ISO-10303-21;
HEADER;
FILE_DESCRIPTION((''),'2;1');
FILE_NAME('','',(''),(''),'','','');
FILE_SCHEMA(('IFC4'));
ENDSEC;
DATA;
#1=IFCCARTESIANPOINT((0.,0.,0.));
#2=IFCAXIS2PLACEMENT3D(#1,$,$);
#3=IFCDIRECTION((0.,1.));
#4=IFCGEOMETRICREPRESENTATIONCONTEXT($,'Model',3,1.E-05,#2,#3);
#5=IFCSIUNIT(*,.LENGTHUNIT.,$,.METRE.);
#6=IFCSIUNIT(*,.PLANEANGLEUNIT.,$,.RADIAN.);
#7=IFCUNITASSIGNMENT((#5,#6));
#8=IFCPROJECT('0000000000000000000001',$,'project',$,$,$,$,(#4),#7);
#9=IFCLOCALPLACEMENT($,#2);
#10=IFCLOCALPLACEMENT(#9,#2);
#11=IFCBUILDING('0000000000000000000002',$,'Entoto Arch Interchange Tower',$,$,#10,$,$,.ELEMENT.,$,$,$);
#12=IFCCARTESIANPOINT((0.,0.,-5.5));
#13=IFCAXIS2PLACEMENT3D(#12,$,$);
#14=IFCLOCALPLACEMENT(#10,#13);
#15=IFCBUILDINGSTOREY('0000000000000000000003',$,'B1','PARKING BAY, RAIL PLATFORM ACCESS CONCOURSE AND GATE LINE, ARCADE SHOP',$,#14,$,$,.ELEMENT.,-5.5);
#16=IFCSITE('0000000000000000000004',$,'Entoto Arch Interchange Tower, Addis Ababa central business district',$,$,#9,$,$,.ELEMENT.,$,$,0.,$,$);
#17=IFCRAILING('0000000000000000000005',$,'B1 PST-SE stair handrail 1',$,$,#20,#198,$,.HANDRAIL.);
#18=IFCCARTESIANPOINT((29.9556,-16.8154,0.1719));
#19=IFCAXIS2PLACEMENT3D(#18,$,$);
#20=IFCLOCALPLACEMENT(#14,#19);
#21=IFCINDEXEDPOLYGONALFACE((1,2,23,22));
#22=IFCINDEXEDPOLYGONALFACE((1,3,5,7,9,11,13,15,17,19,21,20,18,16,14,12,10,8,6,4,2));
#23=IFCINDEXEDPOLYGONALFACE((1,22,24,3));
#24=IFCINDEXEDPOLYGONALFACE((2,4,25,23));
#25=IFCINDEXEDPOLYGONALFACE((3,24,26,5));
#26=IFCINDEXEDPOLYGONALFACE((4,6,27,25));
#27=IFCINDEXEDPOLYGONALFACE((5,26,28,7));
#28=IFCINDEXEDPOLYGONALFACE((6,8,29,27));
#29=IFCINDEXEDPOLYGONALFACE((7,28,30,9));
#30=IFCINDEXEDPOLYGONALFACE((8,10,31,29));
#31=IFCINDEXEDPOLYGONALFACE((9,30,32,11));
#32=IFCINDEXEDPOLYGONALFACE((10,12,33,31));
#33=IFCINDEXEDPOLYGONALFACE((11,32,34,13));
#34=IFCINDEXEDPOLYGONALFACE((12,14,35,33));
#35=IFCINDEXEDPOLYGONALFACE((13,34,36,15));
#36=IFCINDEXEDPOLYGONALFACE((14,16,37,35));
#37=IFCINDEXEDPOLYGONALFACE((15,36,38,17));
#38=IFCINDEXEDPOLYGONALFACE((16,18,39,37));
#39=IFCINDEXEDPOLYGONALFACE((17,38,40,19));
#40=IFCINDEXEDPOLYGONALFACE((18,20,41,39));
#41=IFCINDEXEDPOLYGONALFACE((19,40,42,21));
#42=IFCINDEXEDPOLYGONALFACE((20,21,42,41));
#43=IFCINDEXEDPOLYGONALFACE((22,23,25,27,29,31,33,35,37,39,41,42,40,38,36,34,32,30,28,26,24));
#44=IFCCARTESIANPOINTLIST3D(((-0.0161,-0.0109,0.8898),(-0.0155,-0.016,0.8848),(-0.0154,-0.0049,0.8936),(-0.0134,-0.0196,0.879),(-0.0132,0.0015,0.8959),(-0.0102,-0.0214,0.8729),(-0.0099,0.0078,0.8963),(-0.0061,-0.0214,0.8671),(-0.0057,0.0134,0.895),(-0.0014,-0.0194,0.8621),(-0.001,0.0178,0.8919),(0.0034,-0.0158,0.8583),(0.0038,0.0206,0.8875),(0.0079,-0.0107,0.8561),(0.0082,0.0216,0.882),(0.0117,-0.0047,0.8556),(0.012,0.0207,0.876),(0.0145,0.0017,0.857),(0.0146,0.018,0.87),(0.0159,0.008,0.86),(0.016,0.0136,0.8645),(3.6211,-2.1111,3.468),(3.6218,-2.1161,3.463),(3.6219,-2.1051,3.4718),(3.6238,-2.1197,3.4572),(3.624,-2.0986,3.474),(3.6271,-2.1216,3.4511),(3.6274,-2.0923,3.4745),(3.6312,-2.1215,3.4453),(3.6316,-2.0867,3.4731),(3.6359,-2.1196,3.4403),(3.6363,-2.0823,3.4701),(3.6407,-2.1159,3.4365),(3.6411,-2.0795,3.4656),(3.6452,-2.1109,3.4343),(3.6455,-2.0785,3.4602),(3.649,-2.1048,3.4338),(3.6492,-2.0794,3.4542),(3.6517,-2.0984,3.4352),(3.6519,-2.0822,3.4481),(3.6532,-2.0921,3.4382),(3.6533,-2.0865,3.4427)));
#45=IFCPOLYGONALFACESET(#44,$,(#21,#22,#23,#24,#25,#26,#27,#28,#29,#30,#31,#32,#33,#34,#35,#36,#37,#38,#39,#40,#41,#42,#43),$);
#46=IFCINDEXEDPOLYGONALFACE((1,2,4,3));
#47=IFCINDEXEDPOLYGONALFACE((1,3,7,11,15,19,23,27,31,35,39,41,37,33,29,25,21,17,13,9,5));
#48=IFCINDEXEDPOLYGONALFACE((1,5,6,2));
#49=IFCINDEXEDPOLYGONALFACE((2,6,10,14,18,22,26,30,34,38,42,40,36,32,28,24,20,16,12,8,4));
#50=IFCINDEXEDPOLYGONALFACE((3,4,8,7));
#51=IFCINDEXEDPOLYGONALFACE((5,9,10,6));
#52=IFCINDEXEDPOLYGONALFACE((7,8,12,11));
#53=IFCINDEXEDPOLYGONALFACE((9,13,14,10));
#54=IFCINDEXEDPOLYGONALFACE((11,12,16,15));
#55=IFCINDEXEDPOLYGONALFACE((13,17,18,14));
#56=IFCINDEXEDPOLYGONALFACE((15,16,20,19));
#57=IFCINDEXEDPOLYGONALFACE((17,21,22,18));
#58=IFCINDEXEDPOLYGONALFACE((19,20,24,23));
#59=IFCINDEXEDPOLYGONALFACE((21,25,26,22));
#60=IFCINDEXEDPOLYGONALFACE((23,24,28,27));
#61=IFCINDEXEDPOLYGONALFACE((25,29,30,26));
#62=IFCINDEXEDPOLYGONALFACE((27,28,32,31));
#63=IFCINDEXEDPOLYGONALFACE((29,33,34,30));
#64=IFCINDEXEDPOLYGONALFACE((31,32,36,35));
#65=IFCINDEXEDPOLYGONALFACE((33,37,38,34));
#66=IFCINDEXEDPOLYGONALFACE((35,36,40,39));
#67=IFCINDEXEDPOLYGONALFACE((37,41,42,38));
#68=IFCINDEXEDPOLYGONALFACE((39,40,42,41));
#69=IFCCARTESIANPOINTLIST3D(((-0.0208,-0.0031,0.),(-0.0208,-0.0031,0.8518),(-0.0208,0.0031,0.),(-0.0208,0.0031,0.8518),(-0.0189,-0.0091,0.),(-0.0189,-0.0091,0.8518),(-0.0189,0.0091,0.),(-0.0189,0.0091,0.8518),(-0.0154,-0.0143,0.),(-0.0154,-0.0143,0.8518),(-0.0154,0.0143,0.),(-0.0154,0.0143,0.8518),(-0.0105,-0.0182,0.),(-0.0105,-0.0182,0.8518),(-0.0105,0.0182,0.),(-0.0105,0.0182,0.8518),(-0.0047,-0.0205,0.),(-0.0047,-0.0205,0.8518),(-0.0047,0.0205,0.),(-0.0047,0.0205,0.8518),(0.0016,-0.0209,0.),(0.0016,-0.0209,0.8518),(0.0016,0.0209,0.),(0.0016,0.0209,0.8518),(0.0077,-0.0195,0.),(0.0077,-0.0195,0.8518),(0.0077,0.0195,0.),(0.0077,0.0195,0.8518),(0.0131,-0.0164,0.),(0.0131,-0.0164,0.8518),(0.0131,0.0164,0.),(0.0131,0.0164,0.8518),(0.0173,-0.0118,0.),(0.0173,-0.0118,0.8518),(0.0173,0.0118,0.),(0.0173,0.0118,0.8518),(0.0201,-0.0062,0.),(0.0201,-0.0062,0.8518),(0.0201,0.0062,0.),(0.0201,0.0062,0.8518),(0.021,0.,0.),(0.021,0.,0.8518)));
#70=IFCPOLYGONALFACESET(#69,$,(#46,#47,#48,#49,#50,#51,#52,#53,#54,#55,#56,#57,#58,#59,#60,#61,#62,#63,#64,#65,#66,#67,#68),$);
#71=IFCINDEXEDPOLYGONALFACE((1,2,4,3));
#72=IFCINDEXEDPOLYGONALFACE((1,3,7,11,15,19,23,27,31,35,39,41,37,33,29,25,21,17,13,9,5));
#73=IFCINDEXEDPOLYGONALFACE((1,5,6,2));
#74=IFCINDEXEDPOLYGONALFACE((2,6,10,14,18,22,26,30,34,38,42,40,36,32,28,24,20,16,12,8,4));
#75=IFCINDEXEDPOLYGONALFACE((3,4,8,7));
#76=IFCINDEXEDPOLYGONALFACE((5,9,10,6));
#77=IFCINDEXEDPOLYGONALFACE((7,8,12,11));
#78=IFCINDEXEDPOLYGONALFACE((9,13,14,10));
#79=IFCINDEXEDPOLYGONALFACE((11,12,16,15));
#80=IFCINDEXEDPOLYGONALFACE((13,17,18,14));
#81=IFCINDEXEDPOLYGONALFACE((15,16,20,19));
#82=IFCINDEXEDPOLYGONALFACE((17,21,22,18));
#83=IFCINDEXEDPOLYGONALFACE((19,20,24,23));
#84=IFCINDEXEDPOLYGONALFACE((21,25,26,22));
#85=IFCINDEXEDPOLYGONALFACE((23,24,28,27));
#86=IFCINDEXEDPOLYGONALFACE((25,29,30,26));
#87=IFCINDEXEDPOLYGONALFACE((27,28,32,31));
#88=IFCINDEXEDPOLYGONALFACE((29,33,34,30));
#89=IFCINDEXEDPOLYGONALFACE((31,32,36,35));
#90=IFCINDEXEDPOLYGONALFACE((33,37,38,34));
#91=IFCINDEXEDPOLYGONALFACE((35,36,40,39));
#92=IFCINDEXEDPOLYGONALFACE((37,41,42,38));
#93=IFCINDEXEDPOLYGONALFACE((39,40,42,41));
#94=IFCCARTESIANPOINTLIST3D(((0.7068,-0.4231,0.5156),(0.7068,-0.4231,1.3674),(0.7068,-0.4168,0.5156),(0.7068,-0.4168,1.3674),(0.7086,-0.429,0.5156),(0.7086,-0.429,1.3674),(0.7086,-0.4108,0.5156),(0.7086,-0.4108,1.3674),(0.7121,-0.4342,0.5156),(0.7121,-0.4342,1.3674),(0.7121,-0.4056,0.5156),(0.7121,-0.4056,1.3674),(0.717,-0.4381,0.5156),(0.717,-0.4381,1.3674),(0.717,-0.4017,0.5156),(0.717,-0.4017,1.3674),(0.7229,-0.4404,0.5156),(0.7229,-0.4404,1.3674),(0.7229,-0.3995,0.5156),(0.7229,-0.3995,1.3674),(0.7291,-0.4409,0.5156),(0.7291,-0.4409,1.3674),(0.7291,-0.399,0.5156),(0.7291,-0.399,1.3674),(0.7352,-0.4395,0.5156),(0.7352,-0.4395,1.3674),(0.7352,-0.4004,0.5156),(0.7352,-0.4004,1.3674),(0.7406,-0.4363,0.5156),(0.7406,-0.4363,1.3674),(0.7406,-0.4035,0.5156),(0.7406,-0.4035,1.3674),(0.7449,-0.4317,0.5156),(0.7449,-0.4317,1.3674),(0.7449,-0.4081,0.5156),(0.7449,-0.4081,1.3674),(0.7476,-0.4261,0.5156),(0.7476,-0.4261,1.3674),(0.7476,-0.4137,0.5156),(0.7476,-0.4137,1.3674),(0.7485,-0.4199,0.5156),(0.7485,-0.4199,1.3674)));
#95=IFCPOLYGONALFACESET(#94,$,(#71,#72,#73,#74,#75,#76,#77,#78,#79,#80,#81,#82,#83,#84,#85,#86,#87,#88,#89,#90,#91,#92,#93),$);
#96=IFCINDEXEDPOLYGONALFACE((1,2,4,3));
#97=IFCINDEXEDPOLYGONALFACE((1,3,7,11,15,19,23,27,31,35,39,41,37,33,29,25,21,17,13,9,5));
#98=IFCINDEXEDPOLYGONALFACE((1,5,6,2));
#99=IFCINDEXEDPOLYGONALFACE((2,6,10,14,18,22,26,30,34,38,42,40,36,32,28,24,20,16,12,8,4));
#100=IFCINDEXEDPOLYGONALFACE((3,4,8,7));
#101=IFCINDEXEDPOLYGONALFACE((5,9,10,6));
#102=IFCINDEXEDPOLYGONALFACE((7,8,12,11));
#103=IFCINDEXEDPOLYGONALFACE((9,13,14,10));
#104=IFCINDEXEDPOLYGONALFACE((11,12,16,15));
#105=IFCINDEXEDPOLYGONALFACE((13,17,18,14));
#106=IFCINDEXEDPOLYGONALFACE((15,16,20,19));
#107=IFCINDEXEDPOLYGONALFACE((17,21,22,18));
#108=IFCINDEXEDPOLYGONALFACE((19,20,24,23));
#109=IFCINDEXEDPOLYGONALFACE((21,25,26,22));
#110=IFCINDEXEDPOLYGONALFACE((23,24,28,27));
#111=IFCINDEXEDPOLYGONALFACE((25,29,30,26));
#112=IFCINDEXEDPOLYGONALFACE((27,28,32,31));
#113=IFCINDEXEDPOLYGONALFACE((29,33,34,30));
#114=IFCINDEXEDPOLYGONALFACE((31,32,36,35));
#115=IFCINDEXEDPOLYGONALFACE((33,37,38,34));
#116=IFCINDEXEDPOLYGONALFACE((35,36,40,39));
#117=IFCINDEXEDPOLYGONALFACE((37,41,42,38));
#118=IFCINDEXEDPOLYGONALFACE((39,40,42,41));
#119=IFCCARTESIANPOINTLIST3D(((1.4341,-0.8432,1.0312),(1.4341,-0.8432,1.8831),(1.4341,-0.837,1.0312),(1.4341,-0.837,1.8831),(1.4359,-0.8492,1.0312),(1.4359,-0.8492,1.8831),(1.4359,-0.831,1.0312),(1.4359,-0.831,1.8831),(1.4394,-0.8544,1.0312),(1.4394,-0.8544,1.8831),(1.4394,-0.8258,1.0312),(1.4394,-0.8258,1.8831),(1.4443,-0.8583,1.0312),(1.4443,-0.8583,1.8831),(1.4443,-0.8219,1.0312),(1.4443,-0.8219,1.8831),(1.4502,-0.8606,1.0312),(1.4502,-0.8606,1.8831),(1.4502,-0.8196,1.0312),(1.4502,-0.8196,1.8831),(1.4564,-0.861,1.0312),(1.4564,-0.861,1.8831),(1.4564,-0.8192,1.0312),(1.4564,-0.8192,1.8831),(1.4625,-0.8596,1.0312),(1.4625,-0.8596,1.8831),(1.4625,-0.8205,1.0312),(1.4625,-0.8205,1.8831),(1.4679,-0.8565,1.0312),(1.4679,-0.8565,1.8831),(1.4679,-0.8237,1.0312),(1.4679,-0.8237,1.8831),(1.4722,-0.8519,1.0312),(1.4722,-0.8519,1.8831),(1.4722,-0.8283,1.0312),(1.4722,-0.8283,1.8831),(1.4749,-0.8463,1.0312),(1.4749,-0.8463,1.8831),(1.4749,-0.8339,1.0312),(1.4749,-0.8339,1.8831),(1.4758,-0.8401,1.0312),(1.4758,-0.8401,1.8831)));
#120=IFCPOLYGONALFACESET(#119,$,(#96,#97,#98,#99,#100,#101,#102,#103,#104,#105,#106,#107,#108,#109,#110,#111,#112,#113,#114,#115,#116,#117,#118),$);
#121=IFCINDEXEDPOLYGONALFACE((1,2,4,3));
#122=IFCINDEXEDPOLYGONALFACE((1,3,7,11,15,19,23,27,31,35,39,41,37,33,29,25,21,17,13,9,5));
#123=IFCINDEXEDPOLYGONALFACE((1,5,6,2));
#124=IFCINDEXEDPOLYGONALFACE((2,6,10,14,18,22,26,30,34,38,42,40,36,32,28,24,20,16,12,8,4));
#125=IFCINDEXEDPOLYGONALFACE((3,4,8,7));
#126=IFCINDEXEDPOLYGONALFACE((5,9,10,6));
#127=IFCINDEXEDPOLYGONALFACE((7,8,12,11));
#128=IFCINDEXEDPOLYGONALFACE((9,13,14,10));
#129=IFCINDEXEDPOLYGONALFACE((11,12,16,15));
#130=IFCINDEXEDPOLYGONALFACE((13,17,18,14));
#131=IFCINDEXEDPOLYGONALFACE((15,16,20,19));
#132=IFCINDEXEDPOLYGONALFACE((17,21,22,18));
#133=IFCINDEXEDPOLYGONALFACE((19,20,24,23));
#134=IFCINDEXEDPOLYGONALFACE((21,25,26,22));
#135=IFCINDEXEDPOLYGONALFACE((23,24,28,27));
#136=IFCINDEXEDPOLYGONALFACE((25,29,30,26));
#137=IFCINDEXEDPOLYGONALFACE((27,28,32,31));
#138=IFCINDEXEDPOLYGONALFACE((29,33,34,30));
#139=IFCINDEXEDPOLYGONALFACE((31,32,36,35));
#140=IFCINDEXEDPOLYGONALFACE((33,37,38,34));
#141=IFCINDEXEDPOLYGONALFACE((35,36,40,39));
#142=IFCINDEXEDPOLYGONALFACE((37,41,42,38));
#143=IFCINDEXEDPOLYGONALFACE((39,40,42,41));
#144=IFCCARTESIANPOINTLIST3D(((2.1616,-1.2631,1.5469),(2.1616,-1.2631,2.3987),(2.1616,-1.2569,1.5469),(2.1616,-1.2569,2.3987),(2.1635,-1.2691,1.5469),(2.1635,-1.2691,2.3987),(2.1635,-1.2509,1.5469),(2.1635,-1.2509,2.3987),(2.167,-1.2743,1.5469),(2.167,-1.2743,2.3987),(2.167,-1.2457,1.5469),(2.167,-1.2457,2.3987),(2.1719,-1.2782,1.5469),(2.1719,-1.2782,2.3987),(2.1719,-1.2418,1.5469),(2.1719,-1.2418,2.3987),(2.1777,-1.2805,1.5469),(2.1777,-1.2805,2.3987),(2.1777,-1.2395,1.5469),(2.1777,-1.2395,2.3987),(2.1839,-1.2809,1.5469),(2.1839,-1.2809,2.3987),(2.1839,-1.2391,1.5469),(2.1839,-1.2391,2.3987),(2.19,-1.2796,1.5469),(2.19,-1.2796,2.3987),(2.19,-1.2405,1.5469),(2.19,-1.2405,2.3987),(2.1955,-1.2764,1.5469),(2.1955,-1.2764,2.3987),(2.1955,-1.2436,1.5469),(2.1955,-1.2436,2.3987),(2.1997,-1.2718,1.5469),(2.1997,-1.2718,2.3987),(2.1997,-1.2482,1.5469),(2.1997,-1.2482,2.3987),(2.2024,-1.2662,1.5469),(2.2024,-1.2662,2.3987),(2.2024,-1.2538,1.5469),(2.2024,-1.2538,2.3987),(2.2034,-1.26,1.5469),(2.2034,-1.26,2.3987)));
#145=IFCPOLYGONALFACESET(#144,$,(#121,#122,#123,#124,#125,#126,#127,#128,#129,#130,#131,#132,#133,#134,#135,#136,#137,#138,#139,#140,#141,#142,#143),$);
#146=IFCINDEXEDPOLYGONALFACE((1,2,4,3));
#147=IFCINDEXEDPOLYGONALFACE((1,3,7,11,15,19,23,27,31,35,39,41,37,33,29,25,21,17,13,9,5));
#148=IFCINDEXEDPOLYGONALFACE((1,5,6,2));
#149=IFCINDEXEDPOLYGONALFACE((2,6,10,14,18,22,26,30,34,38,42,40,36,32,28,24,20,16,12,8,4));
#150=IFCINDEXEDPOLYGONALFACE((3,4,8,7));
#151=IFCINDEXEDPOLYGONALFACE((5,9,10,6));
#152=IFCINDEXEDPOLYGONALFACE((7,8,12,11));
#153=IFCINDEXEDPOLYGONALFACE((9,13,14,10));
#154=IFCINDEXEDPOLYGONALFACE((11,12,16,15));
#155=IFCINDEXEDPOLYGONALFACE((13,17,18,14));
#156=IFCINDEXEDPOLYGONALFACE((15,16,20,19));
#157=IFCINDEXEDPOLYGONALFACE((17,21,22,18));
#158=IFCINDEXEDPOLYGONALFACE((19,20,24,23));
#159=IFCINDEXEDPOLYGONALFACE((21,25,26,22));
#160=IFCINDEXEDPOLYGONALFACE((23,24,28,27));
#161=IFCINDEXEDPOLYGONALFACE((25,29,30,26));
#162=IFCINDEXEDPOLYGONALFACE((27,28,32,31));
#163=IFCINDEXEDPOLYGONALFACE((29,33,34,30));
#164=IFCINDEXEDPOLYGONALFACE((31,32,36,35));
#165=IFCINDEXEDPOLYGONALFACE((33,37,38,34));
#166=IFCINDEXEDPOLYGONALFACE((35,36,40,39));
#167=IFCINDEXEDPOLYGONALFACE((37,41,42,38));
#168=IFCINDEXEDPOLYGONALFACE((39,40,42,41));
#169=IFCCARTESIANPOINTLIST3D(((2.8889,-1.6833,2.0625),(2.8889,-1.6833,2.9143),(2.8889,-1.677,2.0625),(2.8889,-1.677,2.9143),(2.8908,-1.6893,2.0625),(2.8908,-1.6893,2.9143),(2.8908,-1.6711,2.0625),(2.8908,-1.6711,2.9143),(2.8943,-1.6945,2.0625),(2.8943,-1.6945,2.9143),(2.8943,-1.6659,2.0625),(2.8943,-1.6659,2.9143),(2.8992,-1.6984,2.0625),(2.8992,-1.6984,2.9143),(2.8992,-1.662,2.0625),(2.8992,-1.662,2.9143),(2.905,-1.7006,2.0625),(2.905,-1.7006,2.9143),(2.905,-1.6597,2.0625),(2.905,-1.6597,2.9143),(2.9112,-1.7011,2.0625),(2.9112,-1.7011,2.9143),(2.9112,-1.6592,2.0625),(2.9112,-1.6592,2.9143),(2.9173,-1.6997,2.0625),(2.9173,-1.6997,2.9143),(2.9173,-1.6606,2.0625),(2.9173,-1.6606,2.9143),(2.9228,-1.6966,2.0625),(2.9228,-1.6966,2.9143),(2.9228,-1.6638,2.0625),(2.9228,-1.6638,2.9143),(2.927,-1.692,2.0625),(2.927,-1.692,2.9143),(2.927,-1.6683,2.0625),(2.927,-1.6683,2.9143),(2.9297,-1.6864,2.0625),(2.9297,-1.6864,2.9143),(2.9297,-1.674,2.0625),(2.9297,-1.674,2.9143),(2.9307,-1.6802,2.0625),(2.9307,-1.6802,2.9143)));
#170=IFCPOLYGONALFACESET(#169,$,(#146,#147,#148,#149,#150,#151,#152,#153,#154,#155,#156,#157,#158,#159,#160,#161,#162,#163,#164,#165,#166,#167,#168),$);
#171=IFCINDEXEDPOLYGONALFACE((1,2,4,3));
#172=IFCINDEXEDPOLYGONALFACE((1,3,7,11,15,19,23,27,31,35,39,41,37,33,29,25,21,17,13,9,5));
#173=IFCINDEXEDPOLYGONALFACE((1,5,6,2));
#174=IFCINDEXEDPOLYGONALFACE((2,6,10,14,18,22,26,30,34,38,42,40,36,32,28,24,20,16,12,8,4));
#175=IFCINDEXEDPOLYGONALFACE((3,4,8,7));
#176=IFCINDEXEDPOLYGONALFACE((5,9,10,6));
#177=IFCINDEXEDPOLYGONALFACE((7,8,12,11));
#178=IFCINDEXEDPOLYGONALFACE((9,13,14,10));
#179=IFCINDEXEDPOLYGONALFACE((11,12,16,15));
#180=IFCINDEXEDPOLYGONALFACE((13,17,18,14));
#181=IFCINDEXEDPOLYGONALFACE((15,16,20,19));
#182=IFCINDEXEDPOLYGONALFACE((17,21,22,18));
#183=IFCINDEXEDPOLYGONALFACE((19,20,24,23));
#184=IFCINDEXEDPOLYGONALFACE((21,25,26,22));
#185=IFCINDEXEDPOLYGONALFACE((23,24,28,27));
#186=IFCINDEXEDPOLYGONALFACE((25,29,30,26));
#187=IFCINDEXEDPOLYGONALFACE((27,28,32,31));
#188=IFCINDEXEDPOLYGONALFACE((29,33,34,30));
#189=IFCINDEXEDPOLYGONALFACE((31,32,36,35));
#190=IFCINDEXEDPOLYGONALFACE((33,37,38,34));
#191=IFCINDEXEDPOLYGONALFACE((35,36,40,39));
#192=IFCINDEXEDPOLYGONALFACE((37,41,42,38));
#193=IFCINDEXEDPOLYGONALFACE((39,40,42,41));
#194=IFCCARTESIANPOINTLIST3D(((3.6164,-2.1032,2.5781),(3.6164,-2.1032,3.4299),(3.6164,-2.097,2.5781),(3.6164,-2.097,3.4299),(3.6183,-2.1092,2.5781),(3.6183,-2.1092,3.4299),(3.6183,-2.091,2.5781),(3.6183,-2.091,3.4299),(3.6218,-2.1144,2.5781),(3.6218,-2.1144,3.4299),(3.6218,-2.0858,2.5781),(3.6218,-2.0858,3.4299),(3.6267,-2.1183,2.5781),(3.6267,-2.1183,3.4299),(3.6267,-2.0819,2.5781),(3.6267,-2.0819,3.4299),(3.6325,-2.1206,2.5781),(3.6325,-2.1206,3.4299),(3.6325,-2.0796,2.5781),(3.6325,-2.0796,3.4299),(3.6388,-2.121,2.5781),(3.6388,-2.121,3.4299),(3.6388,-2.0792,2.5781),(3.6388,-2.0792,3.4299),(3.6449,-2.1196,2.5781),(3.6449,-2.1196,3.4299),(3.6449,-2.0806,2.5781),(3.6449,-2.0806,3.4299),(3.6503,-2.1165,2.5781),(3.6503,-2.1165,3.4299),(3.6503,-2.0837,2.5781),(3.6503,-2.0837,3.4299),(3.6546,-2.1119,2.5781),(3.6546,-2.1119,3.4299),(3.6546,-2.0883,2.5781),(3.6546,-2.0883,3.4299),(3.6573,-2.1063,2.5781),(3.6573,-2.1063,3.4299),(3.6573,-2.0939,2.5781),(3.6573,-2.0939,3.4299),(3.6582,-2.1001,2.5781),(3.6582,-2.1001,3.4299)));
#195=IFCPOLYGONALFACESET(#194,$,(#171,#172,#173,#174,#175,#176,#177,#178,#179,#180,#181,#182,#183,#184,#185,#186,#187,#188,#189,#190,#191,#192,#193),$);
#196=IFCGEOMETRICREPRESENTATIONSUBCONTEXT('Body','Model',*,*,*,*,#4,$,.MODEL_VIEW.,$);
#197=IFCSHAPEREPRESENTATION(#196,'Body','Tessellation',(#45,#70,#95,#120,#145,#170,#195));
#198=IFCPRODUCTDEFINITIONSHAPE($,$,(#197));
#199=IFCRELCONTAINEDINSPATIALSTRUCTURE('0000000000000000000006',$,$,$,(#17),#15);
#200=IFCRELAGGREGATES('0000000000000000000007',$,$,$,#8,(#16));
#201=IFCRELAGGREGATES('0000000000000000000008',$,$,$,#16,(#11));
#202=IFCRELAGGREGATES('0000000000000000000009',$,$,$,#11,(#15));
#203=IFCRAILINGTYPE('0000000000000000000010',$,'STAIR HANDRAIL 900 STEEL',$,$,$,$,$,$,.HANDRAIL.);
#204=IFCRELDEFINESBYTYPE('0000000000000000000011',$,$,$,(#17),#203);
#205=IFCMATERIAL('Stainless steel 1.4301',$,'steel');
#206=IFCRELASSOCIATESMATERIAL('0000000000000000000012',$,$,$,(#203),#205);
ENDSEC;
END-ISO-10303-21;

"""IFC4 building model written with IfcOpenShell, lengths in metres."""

from ifc_helpers import new_model, si_unit, direction, frame, origin, origin_2d, place, context, subcontext, project, spatial, circle, extrude, material, type_object, element, save


model = new_model("IFC4")

# Units and contexts
model_context = context("Model", 3, precision=1e-05, world=origin(), true_north=direction((0.0, 1.0)))
body_context = subcontext(model_context, "Body", "Model", "MODEL_VIEW")
ifc_project = project(units=[si_unit("LENGTHUNIT", "METRE"), si_unit("PLANEANGLEUNIT", "RADIAN")], contexts=[model_context])

# Site, building, storey
site_placement = place(None, origin())
site = spatial("IfcSite", under=ifc_project, at=site_placement, Name="Entoto Arch Interchange Tower, Addis Ababa central business district", CompositionType="ELEMENT", RefElevation=0.0)
building_placement = place(site_placement, origin())
building = spatial("IfcBuilding", under=site, at=building_placement, Name="Entoto Arch Interchange Tower", CompositionType="ELEMENT")
storey_placement = place(building_placement, frame((0.0, 0.0, -5.5)))
storey = spatial("IfcBuildingStorey", under=building, at=storey_placement, Name="B1", Description="PARKING BAY, RAIL PLATFORM ACCESS CONCOURSE AND GATE LINE, ARCADE SHOP", CompositionType="ELEMENT", Elevation=-5.5)

# Railing
ifc_material_1 = material(Name="Stainless steel 1.4301", Category="steel")
railing_type = type_object("IfcRailingType", Name="STAIR HANDRAIL 900 STEEL", PredefinedType="HANDRAIL", material=ifc_material_1)
railing_placement = place(storey_placement, frame((29.9556, -16.8154, 0.1719)))
element("IfcRailing", 1, at=railing_placement, inside=storey, type_object=railing_type, Name="B1 PST-SE stair handrail 1", PredefinedType="HANDRAIL", context=body_context, shape_type="SweptSolid", body=[
    extrude(circle(Radius=0.0239, at=origin_2d()), frame((0.0, 0.0, 0.876), z_axis=(0.738051, -0.426145, 0.523145), x_axis=(0.500028, 0.866009, 0.0)), (0.0, 0.0, 1.0), 4.9282),
    extrude(circle(Radius=0.021, at=origin_2d()), origin(), (0.0, 0.0, 1.0), 0.8518),
    extrude(circle(Radius=0.021, at=origin_2d()), frame((0.7275, -0.4199, 0.5156)), (0.0, 0.0, 1.0), 0.8518),
    extrude(circle(Radius=0.021, at=origin_2d()), frame((1.4548, -0.8401, 1.0312)), (0.0, 0.0, 1.0), 0.8518),
    extrude(circle(Radius=0.021, at=origin_2d()), frame((2.1824, -1.26, 1.5469)), (0.0, 0.0, 1.0), 0.8518),
    extrude(circle(Radius=0.021, at=origin_2d()), frame((2.9097, -1.6802, 2.0625)), (0.0, 0.0, 1.0), 0.8518),
    extrude(circle(Radius=0.021, at=origin_2d()), frame((3.6372, -2.1001, 2.5781)), (0.0, 0.0, 1.0), 0.8518),
])

save(model, "model.ifc")
